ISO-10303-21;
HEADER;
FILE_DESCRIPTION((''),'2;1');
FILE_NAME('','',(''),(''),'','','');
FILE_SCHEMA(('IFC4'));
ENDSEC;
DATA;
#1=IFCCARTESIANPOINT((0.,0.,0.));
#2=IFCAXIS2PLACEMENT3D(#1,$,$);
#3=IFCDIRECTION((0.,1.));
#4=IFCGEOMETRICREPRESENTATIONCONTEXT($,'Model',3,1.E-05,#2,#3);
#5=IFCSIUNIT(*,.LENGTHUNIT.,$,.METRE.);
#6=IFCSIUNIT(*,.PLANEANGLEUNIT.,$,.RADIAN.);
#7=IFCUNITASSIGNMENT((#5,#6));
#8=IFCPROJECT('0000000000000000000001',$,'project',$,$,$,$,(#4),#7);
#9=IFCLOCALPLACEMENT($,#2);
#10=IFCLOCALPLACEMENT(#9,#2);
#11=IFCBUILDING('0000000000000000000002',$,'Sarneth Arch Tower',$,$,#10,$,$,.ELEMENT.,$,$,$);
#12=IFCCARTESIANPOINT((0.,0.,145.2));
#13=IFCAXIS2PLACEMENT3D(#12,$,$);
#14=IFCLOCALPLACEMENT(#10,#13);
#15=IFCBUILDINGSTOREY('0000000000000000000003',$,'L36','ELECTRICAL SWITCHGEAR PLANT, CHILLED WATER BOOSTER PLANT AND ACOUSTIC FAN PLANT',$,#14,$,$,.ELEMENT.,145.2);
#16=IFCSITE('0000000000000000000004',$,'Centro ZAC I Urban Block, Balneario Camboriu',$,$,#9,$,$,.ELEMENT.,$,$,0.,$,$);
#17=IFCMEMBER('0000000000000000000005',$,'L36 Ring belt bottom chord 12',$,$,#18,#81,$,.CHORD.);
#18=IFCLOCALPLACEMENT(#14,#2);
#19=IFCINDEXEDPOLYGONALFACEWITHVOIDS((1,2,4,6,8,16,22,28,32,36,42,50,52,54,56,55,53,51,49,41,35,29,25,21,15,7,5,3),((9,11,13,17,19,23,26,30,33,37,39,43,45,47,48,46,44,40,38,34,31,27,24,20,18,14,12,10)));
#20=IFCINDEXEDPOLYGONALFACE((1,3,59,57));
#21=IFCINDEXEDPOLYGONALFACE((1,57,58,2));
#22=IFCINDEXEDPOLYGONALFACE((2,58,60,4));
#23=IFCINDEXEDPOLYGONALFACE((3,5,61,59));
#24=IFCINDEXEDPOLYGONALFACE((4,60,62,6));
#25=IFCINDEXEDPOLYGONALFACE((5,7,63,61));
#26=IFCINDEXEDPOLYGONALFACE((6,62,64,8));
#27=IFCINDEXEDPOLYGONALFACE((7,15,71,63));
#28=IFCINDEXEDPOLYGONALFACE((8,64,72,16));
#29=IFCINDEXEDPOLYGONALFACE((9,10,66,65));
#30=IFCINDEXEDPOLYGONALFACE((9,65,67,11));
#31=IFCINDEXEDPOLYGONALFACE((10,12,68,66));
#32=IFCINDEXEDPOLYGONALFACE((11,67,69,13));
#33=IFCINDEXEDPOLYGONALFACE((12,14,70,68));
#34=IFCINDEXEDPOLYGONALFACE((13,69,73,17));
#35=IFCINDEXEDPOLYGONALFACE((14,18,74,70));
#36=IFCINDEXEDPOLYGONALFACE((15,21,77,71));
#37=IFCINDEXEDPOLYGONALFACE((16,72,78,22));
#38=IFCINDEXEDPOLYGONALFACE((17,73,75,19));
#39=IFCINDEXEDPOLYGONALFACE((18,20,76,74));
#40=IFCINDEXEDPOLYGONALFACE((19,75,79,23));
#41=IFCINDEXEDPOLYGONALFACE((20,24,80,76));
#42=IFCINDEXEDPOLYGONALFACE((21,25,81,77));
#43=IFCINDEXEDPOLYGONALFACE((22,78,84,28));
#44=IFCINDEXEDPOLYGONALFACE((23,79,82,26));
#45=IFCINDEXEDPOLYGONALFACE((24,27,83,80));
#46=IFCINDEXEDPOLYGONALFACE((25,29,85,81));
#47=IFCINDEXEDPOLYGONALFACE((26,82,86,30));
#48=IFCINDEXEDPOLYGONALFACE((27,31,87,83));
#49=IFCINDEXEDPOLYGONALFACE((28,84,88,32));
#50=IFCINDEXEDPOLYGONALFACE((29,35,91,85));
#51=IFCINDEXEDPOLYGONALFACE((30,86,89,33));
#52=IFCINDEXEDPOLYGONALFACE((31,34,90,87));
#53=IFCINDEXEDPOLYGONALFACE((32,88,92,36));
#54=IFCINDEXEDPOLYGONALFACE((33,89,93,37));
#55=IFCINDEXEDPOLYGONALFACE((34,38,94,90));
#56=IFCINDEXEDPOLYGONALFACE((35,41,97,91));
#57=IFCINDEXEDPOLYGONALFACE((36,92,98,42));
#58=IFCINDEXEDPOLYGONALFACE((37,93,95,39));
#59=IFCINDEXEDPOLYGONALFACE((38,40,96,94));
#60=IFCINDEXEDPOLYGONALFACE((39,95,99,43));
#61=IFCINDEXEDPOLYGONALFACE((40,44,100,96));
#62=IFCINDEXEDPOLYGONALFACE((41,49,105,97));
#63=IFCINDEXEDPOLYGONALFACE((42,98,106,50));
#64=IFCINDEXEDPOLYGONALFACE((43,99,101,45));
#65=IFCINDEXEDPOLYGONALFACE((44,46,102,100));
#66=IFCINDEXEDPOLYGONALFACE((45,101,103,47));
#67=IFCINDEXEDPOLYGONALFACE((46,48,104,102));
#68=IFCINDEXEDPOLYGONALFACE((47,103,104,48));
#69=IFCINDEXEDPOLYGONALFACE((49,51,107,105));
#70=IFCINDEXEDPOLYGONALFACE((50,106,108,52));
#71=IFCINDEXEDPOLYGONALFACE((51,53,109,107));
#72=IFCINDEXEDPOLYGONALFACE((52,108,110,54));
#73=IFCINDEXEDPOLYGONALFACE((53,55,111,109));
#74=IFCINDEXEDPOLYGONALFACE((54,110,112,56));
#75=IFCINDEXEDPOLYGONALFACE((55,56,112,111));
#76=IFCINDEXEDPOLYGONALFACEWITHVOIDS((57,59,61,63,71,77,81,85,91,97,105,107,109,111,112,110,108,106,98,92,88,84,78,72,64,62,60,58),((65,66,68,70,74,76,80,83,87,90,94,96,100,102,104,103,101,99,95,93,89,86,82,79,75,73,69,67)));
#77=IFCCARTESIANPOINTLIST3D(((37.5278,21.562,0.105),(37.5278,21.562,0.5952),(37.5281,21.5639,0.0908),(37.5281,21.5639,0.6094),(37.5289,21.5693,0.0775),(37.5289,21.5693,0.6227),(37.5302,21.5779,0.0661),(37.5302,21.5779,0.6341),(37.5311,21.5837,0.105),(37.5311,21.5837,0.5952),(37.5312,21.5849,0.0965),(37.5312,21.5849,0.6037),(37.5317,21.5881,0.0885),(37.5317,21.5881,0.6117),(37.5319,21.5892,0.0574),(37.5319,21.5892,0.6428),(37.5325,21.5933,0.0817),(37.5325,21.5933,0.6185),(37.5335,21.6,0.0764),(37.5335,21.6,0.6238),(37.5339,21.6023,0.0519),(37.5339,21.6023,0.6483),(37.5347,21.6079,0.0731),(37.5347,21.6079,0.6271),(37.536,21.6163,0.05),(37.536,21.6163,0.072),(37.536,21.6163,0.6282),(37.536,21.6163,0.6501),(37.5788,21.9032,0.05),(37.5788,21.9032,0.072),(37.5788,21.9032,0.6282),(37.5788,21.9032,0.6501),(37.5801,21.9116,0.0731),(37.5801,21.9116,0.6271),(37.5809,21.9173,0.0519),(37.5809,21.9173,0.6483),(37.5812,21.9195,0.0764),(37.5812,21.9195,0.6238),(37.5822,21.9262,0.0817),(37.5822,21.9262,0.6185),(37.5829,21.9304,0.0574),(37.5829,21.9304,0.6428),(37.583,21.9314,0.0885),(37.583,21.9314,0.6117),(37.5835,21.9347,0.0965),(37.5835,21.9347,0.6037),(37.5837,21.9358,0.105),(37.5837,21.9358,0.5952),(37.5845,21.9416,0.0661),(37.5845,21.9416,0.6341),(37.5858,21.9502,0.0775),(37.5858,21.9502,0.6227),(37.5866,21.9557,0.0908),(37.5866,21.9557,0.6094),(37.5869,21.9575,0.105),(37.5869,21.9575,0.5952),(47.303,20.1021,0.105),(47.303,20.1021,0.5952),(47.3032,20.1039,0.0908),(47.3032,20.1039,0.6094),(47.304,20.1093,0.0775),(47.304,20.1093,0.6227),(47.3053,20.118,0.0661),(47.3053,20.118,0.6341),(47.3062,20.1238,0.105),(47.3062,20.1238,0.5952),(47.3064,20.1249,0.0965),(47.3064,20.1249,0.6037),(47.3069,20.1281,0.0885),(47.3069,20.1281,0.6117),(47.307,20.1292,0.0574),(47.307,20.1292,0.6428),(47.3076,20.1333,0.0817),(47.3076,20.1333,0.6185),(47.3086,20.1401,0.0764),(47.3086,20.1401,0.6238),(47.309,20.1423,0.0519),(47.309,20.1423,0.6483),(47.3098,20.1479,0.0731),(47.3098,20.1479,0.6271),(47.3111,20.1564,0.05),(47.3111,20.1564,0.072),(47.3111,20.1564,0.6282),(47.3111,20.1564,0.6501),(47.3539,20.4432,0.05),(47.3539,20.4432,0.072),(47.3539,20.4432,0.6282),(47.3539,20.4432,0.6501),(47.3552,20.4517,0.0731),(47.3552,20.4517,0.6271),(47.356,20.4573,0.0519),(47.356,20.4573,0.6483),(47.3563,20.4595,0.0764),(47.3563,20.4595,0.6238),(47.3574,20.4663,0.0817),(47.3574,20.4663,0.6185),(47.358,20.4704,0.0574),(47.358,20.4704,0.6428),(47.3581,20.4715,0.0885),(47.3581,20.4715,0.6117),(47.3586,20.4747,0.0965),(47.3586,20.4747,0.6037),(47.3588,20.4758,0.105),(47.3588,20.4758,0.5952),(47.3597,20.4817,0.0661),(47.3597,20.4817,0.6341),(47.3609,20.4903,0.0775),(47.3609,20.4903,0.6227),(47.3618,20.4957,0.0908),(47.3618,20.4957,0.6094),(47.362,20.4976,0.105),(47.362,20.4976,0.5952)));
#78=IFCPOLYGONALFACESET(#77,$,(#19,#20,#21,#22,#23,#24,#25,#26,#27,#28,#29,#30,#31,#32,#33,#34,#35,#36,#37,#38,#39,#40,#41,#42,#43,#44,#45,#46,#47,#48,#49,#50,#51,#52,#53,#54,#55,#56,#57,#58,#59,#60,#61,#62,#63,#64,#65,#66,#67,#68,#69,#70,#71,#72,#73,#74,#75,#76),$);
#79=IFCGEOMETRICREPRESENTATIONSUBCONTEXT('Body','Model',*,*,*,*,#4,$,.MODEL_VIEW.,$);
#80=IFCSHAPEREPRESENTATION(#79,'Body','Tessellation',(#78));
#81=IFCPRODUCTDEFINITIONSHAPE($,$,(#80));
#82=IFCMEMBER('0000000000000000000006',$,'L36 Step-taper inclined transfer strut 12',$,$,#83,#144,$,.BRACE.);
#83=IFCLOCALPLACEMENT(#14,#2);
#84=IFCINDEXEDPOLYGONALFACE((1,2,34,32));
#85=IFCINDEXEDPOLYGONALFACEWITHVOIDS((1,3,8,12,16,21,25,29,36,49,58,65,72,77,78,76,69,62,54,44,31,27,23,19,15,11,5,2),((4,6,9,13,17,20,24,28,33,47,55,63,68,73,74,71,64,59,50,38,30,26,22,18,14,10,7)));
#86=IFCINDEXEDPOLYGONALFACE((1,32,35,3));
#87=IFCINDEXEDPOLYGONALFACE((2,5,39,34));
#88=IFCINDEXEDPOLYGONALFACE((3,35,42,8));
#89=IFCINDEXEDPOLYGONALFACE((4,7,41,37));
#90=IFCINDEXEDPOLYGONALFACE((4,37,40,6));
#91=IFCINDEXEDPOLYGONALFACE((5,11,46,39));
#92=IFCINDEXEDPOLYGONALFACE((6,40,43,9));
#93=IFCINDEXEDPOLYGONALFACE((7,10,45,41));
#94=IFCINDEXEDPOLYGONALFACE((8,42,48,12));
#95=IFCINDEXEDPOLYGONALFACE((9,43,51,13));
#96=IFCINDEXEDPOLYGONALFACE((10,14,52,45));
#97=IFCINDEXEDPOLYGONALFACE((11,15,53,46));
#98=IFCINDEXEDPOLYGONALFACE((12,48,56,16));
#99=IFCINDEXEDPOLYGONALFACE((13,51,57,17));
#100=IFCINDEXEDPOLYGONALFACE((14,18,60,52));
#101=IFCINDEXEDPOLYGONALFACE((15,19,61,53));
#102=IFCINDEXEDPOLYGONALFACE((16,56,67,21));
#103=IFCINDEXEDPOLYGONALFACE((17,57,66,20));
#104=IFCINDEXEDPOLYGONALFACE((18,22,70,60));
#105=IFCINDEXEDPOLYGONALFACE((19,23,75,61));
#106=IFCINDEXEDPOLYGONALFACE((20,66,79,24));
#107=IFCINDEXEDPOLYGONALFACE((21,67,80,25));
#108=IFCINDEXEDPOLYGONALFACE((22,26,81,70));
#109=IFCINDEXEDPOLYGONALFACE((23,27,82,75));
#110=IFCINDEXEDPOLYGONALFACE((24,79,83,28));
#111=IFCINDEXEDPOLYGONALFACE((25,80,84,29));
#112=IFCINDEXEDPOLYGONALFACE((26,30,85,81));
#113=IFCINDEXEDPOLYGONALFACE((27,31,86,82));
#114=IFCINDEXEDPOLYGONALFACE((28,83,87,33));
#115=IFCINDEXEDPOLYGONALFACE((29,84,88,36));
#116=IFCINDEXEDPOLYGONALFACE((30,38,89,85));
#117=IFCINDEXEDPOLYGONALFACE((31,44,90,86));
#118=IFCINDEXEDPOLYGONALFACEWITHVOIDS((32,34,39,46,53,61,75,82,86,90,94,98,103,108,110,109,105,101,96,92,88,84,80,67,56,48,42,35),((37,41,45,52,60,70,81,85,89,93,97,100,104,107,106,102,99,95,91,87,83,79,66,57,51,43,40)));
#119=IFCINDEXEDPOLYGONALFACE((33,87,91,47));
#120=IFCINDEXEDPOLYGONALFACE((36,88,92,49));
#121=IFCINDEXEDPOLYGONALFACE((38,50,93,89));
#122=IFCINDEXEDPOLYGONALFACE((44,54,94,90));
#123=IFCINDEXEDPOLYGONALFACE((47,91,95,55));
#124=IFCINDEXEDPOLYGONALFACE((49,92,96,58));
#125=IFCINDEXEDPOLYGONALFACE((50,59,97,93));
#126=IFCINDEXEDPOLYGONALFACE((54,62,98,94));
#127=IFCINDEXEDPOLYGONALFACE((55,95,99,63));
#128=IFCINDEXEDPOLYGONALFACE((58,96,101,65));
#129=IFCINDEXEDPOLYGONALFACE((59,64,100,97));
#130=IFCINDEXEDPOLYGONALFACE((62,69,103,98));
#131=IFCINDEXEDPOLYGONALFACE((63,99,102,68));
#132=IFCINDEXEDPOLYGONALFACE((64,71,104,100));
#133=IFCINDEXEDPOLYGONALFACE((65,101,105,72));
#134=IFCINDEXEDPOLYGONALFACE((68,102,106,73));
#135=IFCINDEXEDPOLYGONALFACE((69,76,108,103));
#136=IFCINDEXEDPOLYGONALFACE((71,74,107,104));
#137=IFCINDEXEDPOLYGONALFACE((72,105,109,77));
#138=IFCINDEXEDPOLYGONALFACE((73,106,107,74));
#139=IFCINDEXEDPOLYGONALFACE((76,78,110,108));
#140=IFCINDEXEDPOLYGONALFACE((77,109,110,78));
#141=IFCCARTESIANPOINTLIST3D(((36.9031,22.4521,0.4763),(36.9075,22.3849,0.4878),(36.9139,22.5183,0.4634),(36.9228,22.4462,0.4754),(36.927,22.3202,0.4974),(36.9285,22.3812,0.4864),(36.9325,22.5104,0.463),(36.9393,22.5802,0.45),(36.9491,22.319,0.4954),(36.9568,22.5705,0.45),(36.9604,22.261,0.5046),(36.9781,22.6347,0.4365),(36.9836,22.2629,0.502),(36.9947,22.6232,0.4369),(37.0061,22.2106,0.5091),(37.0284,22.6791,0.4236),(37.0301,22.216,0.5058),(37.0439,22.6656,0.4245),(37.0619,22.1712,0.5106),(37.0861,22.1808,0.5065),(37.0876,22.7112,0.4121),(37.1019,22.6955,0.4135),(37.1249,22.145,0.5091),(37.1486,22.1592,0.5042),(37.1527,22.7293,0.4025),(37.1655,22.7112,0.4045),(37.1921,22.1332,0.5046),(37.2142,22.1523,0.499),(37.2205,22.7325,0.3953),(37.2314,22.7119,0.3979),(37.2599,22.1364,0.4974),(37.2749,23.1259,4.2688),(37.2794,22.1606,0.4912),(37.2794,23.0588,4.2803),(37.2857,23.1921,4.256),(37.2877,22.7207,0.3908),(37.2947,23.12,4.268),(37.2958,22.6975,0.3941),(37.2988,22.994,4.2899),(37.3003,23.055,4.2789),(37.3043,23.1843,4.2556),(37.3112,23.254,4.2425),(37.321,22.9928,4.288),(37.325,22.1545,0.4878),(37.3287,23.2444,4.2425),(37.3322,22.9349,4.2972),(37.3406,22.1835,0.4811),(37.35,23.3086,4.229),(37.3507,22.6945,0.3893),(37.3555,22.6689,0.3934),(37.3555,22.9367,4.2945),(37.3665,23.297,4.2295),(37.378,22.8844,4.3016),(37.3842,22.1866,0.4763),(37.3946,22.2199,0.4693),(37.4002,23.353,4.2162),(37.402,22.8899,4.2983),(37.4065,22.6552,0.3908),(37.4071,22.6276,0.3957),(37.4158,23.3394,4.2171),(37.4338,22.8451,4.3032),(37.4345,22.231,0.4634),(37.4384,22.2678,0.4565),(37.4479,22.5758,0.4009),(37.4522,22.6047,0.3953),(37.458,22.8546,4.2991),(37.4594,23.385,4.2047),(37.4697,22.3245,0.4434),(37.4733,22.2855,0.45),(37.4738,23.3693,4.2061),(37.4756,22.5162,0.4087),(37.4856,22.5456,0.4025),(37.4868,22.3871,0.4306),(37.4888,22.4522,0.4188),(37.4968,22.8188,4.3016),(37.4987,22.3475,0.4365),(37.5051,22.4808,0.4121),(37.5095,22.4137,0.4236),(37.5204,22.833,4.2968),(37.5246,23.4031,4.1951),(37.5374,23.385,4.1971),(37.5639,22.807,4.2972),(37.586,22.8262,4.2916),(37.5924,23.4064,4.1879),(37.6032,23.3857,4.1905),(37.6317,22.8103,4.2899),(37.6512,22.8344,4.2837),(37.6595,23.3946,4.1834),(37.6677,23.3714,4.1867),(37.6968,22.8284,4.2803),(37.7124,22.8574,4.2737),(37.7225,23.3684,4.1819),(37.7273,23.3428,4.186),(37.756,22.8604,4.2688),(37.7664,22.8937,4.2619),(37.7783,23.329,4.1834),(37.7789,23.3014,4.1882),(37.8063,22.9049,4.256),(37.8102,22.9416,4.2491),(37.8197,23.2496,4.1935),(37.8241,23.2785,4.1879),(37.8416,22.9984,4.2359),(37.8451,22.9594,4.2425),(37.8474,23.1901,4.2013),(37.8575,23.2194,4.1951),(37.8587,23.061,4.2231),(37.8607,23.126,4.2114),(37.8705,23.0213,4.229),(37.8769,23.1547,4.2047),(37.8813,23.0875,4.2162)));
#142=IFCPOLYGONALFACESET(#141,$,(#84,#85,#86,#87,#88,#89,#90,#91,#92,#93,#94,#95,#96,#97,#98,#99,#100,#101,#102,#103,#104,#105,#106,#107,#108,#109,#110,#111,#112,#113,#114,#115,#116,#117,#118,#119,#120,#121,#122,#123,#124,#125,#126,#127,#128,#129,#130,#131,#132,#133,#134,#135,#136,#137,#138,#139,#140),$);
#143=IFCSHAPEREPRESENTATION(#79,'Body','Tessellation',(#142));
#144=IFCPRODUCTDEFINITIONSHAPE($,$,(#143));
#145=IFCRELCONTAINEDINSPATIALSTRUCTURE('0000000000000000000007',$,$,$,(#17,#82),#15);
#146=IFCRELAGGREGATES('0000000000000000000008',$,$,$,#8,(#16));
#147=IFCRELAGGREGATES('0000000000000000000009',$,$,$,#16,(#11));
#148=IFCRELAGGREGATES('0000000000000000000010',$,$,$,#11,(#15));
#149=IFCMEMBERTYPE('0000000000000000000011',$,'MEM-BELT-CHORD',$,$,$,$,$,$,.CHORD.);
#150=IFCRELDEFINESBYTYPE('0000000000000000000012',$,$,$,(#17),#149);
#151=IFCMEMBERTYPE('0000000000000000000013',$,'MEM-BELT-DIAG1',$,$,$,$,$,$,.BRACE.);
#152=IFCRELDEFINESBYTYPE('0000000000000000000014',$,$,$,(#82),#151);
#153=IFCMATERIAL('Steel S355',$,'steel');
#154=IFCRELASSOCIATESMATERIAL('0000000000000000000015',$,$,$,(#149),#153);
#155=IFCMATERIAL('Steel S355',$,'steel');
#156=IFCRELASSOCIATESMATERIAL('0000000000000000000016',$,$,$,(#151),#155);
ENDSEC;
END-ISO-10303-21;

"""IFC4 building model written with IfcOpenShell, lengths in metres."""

from ifc_helpers import new_model, si_unit, direction, frame, origin, origin_2d, place, context, subcontext, project, spatial, hollow_rectangle, hollow_circle, extrude, material, material_profile, profile_set, type_object, element, save


model = new_model("IFC4")

# Units and contexts
model_context = context("Model", 3, precision=1e-05, world=origin(), true_north=direction((0.0, 1.0)))
body_context = subcontext(model_context, "Body", "Model", "MODEL_VIEW")
ifc_project = project(units=[si_unit("LENGTHUNIT", "METRE"), si_unit("PLANEANGLEUNIT", "RADIAN")], contexts=[model_context])

# Site, building, storey
site_placement = place(None, origin())
site = spatial("IfcSite", under=ifc_project, at=site_placement, Name="Centro ZAC I Urban Block, Balneario Camboriu", CompositionType="ELEMENT", RefElevation=0.0)
building_placement = place(site_placement, origin())
building = spatial("IfcBuilding", under=site, at=building_placement, Name="Sarneth Arch Tower", CompositionType="ELEMENT")
storey_placement = place(building_placement, frame((0.0, 0.0, 145.2)))
storey = spatial("IfcBuildingStorey", under=building, at=storey_placement, Name="L36", Description="ELECTRICAL SWITCHGEAR PLANT, CHILLED WATER BOOSTER PLANT AND ACOUSTIC FAN PLANT", CompositionType="ELEMENT", Elevation=145.2)

# Members
ifc_material_1 = material(Name="Steel S355", Category="steel")
ifc_material_profile_1 = material_profile(ifc_material_1, hollow_rectangle(XDim=0.3999, YDim=0.6001, WallThickness=0.022, InnerFilletRadius=0.033, OuterFilletRadius=0.0549, at=origin_2d()), Name="RHS600x400x22")
ifc_profile_set_1 = profile_set([ifc_material_profile_1], Name="Steel S355")
member_type_1 = type_object("IfcMemberType", Name="MEM-BELT-CHORD", PredefinedType="CHORD", material=ifc_profile_set_1)
member_1_placement = place(storey_placement, frame((37.5574, 21.7598, 0.3501), z_axis=(0.98903, -0.147716, 0.0), x_axis=(0.147716, 0.98903, 0.0)))
element("IfcMember", 1, at=member_1_placement, inside=storey, type_object=member_type_1, Name="L36 Ring belt bottom chord 12", PredefinedType="CHORD", context=body_context, shape_type="SweptSolid", body=[
    extrude(hollow_rectangle(XDim=0.3999, YDim=0.6001, WallThickness=0.022, InnerFilletRadius=0.033, OuterFilletRadius=0.0549, at=origin_2d()), origin(), (0.0, 0.0, 1.0), 9.8835),
])
ifc_material_2 = material(Name="Steel S355", Category="steel")
ifc_material_profile_2 = material_profile(ifc_material_2, hollow_circle(Radius=0.3049, WallThickness=0.02, at=origin_2d()), Name="CHS610x20")
ifc_profile_set_2 = profile_set([ifc_material_profile_2], Name="Steel S355")
member_type_2 = type_object("IfcMemberType", Name="MEM-BELT-DIAG1", PredefinedType="BRACE", material=ifc_profile_set_2)
member_2_placement = place(storey_placement, frame((37.2063, 22.4329, 0.45), z_axis=(0.096085, 0.174126, 0.980025), x_axis=(-0.875545, 0.483136, 0.0)))
element("IfcMember", 2, at=member_2_placement, inside=storey, type_object=member_type_2, Name="L36 Step-taper inclined transfer strut 12", PredefinedType="BRACE", context=body_context, shape_type="SweptSolid", body=[
    extrude(hollow_circle(Radius=0.3049, WallThickness=0.02, at=origin_2d()), origin(), (0.0, 0.0, 1.0), 3.8699),
])

save(model, "model.ifc")
